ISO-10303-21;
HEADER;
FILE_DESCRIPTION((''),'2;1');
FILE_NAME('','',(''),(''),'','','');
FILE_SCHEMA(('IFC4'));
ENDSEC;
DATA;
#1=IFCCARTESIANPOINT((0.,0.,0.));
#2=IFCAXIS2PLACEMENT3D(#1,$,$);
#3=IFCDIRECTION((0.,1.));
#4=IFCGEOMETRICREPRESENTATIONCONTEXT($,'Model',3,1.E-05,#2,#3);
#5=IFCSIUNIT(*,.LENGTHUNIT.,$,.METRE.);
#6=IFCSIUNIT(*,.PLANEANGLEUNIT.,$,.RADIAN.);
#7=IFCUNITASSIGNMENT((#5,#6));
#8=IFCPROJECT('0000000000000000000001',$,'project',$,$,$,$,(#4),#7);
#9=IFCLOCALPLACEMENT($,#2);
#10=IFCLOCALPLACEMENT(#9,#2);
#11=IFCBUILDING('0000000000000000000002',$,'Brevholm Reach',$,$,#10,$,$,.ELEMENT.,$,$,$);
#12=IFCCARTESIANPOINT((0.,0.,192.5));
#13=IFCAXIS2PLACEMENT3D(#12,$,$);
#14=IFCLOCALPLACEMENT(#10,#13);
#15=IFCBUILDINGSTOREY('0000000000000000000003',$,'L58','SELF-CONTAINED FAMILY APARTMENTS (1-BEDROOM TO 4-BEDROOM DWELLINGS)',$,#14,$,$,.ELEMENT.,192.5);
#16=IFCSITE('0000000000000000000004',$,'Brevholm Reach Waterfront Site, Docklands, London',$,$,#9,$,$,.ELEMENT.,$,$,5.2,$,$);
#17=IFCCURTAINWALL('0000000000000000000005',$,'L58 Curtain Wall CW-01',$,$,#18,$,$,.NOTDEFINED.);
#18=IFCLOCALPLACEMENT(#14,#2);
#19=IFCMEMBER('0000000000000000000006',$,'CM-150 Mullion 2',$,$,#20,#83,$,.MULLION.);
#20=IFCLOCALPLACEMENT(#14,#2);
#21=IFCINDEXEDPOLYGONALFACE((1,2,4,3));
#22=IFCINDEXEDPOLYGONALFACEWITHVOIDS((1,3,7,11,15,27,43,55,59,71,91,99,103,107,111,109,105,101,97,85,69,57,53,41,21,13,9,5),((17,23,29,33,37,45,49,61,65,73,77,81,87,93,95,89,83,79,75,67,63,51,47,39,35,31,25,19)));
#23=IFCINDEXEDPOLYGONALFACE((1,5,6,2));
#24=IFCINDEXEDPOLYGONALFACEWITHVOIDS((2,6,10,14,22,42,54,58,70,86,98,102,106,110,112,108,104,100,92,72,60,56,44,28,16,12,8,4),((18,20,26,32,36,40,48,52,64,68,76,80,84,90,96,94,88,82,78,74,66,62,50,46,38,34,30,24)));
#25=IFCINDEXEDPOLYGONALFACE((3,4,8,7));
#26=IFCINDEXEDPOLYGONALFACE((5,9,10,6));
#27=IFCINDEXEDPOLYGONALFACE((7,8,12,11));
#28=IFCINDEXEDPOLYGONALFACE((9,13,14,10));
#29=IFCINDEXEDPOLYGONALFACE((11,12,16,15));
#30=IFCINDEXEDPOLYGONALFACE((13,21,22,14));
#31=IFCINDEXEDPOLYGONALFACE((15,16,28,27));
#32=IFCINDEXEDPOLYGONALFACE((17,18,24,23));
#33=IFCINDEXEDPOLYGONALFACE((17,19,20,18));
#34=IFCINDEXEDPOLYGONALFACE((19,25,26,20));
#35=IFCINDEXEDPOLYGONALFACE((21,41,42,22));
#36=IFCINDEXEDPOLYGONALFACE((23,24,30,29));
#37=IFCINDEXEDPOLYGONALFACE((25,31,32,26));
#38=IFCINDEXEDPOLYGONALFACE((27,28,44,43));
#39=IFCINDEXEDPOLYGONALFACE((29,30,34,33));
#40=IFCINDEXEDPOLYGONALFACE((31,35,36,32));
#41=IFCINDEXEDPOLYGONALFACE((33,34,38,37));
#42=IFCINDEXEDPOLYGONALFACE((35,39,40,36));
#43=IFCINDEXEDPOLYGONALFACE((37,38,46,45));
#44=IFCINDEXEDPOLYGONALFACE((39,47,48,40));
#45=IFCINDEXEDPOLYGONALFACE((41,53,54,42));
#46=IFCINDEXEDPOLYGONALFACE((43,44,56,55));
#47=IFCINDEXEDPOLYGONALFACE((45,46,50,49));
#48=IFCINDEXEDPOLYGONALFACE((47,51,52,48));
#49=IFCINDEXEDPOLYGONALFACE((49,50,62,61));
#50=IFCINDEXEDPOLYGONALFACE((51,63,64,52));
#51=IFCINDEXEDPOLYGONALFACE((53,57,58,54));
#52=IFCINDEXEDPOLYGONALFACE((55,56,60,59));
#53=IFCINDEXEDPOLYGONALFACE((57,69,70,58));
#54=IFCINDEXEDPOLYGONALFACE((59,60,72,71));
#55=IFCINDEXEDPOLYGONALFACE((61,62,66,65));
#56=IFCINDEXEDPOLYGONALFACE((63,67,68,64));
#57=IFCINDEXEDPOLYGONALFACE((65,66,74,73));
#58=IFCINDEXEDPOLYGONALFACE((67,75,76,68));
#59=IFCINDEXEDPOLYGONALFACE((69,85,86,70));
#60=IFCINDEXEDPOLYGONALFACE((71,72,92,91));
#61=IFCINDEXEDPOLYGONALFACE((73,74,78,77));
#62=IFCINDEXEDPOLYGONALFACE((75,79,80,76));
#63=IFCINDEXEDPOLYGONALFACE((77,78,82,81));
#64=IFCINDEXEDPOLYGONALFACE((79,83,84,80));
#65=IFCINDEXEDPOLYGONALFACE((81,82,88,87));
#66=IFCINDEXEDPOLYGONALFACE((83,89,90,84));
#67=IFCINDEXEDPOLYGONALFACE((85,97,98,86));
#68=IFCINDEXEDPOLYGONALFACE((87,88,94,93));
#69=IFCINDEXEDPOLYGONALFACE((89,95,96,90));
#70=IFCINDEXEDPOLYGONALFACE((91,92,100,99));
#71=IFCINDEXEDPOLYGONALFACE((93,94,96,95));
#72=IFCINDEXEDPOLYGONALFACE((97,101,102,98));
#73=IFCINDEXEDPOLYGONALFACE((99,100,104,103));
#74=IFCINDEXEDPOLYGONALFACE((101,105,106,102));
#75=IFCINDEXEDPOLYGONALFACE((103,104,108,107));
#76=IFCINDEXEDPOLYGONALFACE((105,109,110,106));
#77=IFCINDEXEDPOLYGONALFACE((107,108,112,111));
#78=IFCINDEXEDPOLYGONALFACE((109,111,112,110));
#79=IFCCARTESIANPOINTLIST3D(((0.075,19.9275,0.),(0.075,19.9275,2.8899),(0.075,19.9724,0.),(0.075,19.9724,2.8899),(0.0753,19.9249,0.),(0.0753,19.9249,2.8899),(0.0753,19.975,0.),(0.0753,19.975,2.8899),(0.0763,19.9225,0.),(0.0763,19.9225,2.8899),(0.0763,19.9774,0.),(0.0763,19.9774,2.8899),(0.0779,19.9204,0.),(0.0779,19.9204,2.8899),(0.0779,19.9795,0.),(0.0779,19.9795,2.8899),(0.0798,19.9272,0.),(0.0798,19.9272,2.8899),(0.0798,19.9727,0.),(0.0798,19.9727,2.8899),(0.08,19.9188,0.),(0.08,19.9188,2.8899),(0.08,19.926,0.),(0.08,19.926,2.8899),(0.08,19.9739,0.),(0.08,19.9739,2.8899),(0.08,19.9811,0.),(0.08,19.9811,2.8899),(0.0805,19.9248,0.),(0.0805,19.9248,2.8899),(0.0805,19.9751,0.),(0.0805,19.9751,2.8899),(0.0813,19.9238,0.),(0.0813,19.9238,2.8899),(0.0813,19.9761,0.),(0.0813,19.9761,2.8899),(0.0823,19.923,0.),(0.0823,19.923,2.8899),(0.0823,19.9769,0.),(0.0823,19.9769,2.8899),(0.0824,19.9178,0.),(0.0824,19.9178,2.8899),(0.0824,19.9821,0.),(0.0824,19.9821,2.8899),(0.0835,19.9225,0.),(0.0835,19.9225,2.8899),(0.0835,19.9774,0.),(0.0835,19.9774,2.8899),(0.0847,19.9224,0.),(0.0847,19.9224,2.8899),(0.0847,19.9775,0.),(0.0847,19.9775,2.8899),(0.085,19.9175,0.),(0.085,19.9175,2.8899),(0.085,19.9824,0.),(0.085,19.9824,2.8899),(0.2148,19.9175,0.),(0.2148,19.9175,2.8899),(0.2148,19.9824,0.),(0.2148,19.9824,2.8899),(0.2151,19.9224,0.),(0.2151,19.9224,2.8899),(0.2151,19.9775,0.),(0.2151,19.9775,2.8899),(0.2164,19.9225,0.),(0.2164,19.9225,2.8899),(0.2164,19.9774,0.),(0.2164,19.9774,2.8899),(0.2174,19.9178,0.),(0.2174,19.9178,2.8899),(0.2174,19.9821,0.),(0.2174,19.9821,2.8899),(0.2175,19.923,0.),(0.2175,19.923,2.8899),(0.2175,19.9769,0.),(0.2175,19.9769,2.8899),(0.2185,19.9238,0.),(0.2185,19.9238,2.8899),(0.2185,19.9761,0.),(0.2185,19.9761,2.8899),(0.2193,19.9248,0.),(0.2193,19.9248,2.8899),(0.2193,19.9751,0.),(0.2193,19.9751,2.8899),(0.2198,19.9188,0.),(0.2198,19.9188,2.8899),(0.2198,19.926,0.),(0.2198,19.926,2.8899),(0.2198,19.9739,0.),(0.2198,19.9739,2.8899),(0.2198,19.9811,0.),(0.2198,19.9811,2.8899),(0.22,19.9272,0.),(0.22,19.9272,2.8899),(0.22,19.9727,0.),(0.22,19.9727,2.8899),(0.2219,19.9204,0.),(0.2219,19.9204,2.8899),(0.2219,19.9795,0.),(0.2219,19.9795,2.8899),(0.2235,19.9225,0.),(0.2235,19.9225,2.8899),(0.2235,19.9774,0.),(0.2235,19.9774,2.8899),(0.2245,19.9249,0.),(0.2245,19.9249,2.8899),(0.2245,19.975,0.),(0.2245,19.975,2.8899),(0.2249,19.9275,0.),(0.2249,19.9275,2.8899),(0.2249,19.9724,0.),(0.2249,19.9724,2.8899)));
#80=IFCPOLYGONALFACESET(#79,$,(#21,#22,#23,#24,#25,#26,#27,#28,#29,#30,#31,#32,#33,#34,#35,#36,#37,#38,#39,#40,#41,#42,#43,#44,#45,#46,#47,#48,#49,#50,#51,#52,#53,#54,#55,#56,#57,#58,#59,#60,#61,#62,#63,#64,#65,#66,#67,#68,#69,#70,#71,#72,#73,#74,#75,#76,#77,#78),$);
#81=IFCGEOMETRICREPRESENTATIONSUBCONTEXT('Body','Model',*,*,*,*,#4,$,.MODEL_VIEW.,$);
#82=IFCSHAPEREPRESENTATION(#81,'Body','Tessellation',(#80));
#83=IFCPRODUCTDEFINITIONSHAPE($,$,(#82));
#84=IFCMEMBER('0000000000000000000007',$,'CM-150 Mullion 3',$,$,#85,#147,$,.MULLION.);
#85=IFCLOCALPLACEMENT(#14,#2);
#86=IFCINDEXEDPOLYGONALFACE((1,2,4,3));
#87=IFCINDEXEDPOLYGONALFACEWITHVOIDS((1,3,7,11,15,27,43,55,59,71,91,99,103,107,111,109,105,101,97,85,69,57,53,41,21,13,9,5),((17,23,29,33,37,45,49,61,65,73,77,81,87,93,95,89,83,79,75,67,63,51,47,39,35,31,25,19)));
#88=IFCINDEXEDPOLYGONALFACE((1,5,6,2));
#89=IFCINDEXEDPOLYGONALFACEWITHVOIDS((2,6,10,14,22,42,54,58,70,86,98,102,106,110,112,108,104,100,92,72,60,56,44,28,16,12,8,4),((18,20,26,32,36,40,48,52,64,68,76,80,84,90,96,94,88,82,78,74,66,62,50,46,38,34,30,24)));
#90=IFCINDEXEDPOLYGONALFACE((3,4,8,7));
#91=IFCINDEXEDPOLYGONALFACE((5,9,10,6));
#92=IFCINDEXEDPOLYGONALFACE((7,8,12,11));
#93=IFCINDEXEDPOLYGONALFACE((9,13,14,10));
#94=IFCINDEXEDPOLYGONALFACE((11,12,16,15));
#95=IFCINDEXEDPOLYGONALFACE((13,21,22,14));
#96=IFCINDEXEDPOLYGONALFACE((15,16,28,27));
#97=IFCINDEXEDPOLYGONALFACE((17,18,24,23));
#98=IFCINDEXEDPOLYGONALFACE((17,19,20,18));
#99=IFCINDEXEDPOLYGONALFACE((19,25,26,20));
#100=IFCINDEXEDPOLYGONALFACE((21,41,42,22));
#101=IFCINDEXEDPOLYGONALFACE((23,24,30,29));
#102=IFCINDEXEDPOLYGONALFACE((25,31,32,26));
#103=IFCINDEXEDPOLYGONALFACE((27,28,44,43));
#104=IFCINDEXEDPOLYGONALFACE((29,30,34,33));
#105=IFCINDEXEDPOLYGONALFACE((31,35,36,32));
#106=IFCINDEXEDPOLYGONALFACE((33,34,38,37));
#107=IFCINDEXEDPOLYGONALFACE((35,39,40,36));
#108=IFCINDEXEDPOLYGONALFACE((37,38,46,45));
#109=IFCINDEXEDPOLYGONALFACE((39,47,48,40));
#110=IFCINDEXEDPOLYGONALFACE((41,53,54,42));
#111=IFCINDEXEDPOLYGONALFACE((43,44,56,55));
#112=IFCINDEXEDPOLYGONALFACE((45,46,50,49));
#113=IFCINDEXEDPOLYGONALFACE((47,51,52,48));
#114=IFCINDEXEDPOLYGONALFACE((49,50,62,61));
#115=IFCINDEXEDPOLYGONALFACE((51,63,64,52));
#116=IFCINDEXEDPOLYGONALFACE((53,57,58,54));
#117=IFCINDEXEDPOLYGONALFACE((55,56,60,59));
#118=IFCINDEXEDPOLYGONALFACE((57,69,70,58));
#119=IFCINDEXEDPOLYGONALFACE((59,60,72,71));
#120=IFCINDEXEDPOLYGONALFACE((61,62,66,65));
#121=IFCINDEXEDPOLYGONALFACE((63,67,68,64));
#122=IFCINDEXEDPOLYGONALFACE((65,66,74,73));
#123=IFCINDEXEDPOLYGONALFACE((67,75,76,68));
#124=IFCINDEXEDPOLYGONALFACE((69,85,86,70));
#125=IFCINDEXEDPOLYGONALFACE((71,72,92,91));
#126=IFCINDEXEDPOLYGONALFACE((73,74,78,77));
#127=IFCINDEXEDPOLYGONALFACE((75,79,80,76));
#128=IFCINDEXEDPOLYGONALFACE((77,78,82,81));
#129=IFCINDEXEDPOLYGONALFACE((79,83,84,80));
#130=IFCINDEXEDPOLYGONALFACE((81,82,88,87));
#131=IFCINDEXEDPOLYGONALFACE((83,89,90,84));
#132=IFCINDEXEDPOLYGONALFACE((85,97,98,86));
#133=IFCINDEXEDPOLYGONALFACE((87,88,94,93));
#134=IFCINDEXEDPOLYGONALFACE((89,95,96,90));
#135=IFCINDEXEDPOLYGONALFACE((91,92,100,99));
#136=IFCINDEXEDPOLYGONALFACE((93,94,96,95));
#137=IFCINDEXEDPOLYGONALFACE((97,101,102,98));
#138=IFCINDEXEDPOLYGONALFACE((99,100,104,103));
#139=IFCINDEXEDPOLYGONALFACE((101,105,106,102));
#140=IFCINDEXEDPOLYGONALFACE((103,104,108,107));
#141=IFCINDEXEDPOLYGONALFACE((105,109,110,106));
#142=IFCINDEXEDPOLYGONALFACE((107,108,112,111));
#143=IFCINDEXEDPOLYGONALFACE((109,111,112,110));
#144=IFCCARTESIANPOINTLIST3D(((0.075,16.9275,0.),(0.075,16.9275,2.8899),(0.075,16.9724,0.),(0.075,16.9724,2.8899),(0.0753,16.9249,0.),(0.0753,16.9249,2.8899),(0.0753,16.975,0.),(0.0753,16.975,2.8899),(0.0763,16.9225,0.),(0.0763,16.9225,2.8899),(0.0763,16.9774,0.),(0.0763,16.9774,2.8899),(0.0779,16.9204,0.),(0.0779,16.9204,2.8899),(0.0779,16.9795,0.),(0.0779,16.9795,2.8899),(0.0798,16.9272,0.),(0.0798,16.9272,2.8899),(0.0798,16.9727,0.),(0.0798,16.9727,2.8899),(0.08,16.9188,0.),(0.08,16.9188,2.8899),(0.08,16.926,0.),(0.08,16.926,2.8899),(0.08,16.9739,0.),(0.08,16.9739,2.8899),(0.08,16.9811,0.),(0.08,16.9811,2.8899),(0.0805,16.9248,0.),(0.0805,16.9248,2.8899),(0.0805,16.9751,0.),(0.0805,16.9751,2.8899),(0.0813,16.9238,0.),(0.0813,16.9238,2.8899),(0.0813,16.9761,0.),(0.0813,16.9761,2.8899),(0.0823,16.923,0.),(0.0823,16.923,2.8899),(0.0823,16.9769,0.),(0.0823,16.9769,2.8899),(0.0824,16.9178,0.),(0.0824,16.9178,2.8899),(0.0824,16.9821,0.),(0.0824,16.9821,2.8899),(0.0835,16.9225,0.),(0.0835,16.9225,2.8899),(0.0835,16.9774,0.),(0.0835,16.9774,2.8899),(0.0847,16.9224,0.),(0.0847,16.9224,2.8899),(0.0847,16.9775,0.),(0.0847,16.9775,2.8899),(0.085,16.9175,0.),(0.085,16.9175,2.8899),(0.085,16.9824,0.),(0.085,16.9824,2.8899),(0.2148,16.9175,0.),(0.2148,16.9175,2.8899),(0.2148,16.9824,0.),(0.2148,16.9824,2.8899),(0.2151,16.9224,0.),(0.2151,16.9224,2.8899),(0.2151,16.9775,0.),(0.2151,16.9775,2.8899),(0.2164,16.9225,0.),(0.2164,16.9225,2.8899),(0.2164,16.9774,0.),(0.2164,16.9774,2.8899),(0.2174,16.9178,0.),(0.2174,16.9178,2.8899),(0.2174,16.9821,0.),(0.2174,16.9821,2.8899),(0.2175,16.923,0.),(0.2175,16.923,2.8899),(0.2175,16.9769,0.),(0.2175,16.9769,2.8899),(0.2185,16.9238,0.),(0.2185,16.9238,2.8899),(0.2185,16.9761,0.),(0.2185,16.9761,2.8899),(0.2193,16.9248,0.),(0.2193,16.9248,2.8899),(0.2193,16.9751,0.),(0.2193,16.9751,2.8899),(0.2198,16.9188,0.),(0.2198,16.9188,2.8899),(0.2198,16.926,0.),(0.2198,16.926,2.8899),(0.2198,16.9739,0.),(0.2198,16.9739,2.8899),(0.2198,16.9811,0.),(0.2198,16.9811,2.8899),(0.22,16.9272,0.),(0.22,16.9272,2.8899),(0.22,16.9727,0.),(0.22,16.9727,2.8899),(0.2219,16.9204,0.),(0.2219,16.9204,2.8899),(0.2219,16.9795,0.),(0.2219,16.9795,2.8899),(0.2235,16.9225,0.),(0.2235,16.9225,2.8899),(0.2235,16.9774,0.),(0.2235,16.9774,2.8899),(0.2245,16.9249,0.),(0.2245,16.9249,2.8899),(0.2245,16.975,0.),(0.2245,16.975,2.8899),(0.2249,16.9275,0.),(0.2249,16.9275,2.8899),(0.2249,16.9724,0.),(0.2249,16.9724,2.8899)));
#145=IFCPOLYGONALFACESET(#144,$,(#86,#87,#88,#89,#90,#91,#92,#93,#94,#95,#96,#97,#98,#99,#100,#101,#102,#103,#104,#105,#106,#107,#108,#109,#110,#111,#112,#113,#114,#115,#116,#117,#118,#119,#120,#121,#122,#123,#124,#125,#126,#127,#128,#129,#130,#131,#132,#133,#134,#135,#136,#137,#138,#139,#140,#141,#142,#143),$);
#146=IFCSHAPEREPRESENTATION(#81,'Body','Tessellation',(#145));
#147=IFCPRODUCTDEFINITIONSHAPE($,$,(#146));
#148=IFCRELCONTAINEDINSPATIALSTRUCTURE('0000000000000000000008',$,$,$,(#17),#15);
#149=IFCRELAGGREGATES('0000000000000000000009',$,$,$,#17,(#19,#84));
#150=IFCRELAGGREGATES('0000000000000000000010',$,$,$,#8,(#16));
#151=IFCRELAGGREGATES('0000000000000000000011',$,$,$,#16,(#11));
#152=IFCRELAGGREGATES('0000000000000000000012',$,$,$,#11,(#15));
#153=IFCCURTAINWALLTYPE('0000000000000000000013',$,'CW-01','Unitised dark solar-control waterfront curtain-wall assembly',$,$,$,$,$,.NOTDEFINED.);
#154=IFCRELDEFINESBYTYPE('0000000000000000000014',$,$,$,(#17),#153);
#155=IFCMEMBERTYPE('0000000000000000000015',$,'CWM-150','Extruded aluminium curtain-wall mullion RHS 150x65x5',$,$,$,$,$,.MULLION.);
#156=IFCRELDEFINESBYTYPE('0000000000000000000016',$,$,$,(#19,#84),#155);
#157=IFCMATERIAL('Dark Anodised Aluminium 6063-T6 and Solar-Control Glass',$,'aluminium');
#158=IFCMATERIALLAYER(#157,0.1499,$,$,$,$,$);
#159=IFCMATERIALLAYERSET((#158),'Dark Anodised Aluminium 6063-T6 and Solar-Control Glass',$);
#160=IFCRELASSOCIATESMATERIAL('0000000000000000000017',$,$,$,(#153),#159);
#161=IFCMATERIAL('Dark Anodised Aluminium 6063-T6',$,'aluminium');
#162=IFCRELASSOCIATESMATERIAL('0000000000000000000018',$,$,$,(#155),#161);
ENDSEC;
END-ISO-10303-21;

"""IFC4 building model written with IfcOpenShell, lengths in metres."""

from ifc_helpers import new_model, si_unit, direction, frame, origin, origin_2d, place, context, subcontext, project, spatial, hollow_rectangle, extrude, material, layer, layer_set, material_profile, profile_set, type_object, element, aggregate, save


model = new_model("IFC4")

# Units and contexts
model_context = context("Model", 3, precision=1e-05, world=origin(), true_north=direction((0.0, 1.0)))
body_context = subcontext(model_context, "Body", "Model", "MODEL_VIEW")
ifc_project = project(units=[si_unit("LENGTHUNIT", "METRE"), si_unit("PLANEANGLEUNIT", "RADIAN")], contexts=[model_context])

# Site, building, storey
site_placement = place(None, origin())
site = spatial("IfcSite", under=ifc_project, at=site_placement, Name="Brevholm Reach Waterfront Site, Docklands, London", CompositionType="ELEMENT", RefElevation=5.2)
building_placement = place(site_placement, origin())
building = spatial("IfcBuilding", under=site, at=building_placement, Name="Brevholm Reach", CompositionType="ELEMENT")
storey_placement = place(building_placement, frame((0.0, 0.0, 192.5)))
storey = spatial("IfcBuildingStorey", under=building, at=storey_placement, Name="L58", Description="SELF-CONTAINED FAMILY APARTMENTS (1-BEDROOM TO 4-BEDROOM DWELLINGS)", CompositionType="ELEMENT", Elevation=192.5)

# Curtain wall, members
ifc_material_1 = material(Name="Dark Anodised Aluminium 6063-T6 and Solar-Control Glass", Category="aluminium")
ifc_layer_1 = layer(ifc_material_1, 0.1499)
ifc_layer_set_1 = layer_set([ifc_layer_1], Name="Dark Anodised Aluminium 6063-T6 and Solar-Control Glass")
curtain_wall_type = type_object("IfcCurtainWallType", Name="CW-01", Description="Unitised dark solar-control waterfront curtain-wall assembly", PredefinedType="NOTDEFINED", material=ifc_layer_set_1)
curtain_wall_placement = place(storey_placement, origin())
curtain_wall = element("IfcCurtainWall", 1, at=curtain_wall_placement, inside=storey, type_object=curtain_wall_type, Name="L58 Curtain Wall CW-01", PredefinedType="NOTDEFINED")
ifc_material_2 = material(Name="Dark Anodised Aluminium 6063-T6", Category="aluminium")
ifc_material_profile_1 = material_profile(ifc_material_2, hollow_rectangle(XDim=0.0649, YDim=0.1499, WallThickness=0.0049, InnerFilletRadius=0.0049, OuterFilletRadius=0.01, at=origin_2d()), Name="RHS 150x65x5")
ifc_profile_set_1 = profile_set([ifc_material_profile_1], Name="Dark Anodised Aluminium 6063-T6")
member_type_1 = type_object("IfcMemberType", Name="CWM-150", Description="Extruded aluminium curtain-wall mullion RHS 150x65x5", PredefinedType="MULLION", material=ifc_profile_set_1)
member_1_placement = place(storey_placement, frame((0.1499, 19.95, 0.0), z_axis=(0.0, 0.0, 1.0), x_axis=(0.0, -1.0, 0.0)))
member_1 = element("IfcMember", 2, at=member_1_placement, type_object=member_type_1, Name="CM-150 Mullion 2", PredefinedType="MULLION", context=body_context, shape_type="SweptSolid", body=[
    extrude(hollow_rectangle(XDim=0.0649, YDim=0.1499, WallThickness=0.0049, InnerFilletRadius=0.0049, OuterFilletRadius=0.01, at=origin_2d()), origin(), (0.0, 0.0, 1.0), 2.8899),
])
member_2_placement = place(storey_placement, frame((0.1499, 16.95, 0.0), z_axis=(0.0, 0.0, 1.0), x_axis=(0.0, -1.0, 0.0)))
member_2 = element("IfcMember", 3, at=member_2_placement, type_object=member_type_1, Name="CM-150 Mullion 3", PredefinedType="MULLION", context=body_context, shape_type="SweptSolid", body=[
    extrude(hollow_rectangle(XDim=0.0649, YDim=0.1499, WallThickness=0.0049, InnerFilletRadius=0.0049, OuterFilletRadius=0.01, at=origin_2d()), origin(), (0.0, 0.0, 1.0), 2.8899),
])
aggregate(curtain_wall, [member_1, member_2])

save(model, "model.ifc")
